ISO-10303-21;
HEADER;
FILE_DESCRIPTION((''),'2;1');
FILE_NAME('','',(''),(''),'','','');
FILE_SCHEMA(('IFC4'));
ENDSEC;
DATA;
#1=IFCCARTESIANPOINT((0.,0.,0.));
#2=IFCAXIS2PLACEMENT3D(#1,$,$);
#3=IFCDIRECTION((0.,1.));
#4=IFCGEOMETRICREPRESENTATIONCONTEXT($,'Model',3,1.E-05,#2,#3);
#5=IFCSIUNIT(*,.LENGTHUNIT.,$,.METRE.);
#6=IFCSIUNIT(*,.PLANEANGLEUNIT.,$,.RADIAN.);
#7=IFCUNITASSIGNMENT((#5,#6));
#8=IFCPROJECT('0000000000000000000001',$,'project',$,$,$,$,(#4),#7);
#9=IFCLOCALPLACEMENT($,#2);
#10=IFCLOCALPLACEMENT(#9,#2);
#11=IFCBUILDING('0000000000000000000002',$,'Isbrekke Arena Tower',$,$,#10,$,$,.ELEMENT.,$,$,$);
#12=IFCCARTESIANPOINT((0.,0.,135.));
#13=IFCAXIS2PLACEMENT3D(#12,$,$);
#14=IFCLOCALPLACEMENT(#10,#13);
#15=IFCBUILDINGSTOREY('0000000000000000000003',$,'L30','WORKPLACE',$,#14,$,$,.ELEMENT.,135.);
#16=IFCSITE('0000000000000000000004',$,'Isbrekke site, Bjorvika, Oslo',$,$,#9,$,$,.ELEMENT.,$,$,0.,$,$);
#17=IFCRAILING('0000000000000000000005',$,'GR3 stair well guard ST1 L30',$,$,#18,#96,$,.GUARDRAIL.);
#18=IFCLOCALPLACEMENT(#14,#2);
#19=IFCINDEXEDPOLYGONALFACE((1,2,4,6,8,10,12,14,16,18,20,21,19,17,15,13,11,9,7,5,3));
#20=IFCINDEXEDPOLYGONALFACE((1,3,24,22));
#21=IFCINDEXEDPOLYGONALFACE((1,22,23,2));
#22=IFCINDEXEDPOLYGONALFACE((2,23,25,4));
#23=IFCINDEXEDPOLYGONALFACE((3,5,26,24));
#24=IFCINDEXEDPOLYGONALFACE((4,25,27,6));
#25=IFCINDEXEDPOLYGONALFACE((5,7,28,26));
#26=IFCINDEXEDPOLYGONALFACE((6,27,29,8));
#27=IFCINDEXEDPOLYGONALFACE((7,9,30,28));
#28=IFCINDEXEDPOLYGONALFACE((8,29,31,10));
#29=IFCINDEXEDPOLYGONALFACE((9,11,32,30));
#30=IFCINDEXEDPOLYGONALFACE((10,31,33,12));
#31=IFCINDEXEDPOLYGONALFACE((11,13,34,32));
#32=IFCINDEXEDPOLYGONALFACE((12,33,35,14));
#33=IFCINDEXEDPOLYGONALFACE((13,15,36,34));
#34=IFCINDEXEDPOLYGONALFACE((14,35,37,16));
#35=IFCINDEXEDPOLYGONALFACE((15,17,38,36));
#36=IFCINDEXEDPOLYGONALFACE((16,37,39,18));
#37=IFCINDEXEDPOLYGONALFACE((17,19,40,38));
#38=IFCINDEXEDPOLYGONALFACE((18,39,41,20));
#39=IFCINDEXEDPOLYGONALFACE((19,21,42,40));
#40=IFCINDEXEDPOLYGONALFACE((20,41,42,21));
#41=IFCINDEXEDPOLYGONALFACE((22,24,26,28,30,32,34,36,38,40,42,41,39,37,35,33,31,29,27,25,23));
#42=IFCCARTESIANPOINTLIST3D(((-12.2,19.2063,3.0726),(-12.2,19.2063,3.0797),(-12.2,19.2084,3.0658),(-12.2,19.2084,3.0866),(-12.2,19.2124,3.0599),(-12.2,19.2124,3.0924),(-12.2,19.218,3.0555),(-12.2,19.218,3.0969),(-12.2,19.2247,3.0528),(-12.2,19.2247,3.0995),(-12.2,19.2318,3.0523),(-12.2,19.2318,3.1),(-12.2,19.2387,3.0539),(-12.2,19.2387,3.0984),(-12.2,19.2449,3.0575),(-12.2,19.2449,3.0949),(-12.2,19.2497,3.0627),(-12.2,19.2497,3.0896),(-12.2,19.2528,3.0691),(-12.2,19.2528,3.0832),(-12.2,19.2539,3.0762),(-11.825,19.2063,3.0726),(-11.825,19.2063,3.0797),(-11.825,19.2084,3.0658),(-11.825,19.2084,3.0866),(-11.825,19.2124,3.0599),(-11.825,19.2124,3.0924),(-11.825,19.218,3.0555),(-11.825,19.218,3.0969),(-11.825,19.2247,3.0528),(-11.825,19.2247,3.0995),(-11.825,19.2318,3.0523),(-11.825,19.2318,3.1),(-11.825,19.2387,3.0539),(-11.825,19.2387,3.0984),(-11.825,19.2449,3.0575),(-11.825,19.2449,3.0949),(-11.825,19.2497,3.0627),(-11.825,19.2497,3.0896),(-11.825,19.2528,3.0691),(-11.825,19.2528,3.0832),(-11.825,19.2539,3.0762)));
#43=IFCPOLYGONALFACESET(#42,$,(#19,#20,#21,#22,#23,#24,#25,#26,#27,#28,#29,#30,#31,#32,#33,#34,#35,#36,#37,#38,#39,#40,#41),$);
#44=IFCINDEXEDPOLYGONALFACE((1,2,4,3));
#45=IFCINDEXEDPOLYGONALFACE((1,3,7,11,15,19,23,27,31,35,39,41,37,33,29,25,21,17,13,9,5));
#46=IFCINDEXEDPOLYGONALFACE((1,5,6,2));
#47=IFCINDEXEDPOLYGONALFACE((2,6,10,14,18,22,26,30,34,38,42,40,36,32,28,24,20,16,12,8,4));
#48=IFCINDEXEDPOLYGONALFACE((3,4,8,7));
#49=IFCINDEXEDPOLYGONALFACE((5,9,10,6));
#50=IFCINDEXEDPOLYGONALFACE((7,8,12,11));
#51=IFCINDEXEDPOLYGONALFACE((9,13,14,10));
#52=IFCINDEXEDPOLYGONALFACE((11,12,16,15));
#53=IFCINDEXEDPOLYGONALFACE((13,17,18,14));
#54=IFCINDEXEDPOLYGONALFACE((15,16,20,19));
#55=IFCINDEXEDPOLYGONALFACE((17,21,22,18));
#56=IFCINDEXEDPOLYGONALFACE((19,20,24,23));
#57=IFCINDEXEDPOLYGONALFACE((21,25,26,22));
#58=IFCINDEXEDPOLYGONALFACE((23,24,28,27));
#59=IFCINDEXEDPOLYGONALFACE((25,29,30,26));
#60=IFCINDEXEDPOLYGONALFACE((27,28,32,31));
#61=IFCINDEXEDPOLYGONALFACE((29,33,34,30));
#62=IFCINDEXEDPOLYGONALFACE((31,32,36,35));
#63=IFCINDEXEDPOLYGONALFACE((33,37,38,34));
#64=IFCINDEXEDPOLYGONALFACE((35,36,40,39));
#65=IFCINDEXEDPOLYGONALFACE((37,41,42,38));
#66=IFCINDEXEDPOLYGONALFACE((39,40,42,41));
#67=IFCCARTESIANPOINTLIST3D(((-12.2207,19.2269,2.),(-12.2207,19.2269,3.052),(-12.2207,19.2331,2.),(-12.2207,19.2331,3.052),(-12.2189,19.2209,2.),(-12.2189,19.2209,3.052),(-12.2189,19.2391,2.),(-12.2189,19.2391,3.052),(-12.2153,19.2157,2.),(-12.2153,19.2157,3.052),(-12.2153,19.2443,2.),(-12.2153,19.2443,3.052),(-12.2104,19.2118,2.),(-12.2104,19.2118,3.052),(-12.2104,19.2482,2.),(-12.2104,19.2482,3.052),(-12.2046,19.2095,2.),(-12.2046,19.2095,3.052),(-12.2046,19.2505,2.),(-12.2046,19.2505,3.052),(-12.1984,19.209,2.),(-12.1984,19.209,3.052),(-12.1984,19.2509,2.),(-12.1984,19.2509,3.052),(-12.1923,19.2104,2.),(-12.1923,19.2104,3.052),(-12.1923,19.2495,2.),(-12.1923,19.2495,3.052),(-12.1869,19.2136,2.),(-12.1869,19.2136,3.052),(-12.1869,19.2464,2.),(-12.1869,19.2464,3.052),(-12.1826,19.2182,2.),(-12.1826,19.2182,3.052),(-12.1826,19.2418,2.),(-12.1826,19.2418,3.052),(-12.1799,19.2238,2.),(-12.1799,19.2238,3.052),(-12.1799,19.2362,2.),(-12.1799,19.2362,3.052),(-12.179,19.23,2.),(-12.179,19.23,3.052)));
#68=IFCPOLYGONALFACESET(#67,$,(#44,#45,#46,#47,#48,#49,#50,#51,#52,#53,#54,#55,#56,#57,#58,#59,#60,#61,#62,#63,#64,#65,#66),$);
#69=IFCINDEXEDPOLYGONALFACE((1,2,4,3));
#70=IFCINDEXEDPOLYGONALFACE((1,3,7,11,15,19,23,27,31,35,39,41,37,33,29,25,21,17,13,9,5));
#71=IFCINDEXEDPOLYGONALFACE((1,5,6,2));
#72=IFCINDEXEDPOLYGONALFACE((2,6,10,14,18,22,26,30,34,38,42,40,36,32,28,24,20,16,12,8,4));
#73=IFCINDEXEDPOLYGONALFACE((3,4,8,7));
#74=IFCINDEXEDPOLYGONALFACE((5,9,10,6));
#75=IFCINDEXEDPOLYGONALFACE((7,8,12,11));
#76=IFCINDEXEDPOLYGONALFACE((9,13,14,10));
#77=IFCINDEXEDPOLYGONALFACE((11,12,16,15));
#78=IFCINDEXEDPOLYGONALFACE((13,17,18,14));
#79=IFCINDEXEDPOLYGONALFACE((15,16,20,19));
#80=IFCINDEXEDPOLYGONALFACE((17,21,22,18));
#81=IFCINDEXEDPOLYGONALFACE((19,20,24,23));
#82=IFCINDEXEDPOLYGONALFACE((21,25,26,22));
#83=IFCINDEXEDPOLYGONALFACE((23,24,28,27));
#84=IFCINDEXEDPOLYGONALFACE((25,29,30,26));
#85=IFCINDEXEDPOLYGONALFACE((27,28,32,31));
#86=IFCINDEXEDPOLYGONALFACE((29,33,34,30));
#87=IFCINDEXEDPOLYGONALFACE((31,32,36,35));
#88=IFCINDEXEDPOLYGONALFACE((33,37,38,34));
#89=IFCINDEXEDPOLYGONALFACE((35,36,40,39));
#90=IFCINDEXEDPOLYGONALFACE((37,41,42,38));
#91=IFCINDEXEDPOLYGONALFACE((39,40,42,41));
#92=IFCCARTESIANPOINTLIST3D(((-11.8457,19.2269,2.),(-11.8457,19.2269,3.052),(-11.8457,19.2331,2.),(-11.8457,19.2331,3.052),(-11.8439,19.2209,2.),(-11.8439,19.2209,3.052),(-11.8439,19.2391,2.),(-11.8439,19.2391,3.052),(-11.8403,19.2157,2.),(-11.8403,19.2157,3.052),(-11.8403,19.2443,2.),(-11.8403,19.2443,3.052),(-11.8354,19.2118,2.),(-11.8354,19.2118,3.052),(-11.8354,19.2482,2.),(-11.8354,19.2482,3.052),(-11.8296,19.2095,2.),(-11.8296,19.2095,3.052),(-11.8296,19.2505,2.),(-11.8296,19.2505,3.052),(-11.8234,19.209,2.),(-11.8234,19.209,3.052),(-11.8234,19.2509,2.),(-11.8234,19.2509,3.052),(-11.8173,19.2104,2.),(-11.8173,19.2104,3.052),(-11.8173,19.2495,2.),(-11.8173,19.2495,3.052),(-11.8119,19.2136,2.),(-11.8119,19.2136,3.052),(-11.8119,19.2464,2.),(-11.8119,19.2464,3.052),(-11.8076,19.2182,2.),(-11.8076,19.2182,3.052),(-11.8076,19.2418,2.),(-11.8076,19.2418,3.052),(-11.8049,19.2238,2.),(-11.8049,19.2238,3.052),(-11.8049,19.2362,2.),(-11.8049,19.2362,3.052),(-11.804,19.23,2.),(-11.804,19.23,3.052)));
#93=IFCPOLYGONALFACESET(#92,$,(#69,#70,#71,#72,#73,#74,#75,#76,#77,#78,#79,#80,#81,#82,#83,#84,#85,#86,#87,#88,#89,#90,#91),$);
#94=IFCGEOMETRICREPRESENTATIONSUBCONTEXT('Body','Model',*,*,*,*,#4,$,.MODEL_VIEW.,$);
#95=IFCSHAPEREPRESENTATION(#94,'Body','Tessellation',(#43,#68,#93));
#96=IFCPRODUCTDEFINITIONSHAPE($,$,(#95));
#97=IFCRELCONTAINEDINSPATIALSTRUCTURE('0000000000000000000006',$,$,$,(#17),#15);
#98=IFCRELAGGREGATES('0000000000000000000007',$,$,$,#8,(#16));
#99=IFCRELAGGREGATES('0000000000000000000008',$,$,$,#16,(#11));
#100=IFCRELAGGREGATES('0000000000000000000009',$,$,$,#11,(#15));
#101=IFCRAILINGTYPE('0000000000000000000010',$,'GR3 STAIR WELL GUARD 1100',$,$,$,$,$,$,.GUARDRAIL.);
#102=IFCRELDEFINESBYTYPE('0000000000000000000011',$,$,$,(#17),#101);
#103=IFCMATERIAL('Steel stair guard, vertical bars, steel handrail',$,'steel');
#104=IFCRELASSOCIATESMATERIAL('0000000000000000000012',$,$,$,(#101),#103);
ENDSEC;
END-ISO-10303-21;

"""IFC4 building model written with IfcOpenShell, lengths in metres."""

from ifc_helpers import new_model, si_unit, direction, frame, origin, origin_2d, place, context, subcontext, project, spatial, circle, extrude, material, type_object, element, save


model = new_model("IFC4")

# Units and contexts
model_context = context("Model", 3, precision=1e-05, world=origin(), true_north=direction((0.0, 1.0)))
body_context = subcontext(model_context, "Body", "Model", "MODEL_VIEW")
ifc_project = project(units=[si_unit("LENGTHUNIT", "METRE"), si_unit("PLANEANGLEUNIT", "RADIAN")], contexts=[model_context])

# Site, building, storey
site_placement = place(None, origin())
site = spatial("IfcSite", under=ifc_project, at=site_placement, Name="Isbrekke site, Bjorvika, Oslo", CompositionType="ELEMENT", RefElevation=0.0)
building_placement = place(site_placement, origin())
building = spatial("IfcBuilding", under=site, at=building_placement, Name="Isbrekke Arena Tower", CompositionType="ELEMENT")
storey_placement = place(building_placement, frame((0.0, 0.0, 135.0)))
storey = spatial("IfcBuildingStorey", under=building, at=storey_placement, Name="L30", Description="WORKPLACE", CompositionType="ELEMENT", Elevation=135.0)

# Railing
ifc_material_1 = material(Name="Steel stair guard, vertical bars, steel handrail", Category="steel")
railing_type = type_object("IfcRailingType", Name="GR3 STAIR WELL GUARD 1100", PredefinedType="GUARDRAIL", material=ifc_material_1)
for number, where, name in (
    (1, (-12.2, 19.23, 2.0), "GR3 stair well guard ST1 L30"),
):
    element("IfcRailing", number, at=place(storey_placement, frame(where)), inside=storey, type_object=railing_type, Name=name, PredefinedType="GUARDRAIL", context=body_context, shape_type="SweptSolid", body=[
        extrude(circle(Radius=0.0239, at=origin_2d()), frame((0.0, 0.0, 1.0762), z_axis=(1.0, 0.0, 0.0), x_axis=(0.0, 1.0, 0.0)), (0.0, 0.0, 1.0), 0.375),
        extrude(circle(Radius=0.021, at=origin_2d()), origin(), (0.0, 0.0, 1.0), 1.052),
        extrude(circle(Radius=0.021, at=origin_2d()), frame((0.375, 0.0, 0.0)), (0.0, 0.0, 1.0), 1.052),
    ])

save(model, "model.ifc")
